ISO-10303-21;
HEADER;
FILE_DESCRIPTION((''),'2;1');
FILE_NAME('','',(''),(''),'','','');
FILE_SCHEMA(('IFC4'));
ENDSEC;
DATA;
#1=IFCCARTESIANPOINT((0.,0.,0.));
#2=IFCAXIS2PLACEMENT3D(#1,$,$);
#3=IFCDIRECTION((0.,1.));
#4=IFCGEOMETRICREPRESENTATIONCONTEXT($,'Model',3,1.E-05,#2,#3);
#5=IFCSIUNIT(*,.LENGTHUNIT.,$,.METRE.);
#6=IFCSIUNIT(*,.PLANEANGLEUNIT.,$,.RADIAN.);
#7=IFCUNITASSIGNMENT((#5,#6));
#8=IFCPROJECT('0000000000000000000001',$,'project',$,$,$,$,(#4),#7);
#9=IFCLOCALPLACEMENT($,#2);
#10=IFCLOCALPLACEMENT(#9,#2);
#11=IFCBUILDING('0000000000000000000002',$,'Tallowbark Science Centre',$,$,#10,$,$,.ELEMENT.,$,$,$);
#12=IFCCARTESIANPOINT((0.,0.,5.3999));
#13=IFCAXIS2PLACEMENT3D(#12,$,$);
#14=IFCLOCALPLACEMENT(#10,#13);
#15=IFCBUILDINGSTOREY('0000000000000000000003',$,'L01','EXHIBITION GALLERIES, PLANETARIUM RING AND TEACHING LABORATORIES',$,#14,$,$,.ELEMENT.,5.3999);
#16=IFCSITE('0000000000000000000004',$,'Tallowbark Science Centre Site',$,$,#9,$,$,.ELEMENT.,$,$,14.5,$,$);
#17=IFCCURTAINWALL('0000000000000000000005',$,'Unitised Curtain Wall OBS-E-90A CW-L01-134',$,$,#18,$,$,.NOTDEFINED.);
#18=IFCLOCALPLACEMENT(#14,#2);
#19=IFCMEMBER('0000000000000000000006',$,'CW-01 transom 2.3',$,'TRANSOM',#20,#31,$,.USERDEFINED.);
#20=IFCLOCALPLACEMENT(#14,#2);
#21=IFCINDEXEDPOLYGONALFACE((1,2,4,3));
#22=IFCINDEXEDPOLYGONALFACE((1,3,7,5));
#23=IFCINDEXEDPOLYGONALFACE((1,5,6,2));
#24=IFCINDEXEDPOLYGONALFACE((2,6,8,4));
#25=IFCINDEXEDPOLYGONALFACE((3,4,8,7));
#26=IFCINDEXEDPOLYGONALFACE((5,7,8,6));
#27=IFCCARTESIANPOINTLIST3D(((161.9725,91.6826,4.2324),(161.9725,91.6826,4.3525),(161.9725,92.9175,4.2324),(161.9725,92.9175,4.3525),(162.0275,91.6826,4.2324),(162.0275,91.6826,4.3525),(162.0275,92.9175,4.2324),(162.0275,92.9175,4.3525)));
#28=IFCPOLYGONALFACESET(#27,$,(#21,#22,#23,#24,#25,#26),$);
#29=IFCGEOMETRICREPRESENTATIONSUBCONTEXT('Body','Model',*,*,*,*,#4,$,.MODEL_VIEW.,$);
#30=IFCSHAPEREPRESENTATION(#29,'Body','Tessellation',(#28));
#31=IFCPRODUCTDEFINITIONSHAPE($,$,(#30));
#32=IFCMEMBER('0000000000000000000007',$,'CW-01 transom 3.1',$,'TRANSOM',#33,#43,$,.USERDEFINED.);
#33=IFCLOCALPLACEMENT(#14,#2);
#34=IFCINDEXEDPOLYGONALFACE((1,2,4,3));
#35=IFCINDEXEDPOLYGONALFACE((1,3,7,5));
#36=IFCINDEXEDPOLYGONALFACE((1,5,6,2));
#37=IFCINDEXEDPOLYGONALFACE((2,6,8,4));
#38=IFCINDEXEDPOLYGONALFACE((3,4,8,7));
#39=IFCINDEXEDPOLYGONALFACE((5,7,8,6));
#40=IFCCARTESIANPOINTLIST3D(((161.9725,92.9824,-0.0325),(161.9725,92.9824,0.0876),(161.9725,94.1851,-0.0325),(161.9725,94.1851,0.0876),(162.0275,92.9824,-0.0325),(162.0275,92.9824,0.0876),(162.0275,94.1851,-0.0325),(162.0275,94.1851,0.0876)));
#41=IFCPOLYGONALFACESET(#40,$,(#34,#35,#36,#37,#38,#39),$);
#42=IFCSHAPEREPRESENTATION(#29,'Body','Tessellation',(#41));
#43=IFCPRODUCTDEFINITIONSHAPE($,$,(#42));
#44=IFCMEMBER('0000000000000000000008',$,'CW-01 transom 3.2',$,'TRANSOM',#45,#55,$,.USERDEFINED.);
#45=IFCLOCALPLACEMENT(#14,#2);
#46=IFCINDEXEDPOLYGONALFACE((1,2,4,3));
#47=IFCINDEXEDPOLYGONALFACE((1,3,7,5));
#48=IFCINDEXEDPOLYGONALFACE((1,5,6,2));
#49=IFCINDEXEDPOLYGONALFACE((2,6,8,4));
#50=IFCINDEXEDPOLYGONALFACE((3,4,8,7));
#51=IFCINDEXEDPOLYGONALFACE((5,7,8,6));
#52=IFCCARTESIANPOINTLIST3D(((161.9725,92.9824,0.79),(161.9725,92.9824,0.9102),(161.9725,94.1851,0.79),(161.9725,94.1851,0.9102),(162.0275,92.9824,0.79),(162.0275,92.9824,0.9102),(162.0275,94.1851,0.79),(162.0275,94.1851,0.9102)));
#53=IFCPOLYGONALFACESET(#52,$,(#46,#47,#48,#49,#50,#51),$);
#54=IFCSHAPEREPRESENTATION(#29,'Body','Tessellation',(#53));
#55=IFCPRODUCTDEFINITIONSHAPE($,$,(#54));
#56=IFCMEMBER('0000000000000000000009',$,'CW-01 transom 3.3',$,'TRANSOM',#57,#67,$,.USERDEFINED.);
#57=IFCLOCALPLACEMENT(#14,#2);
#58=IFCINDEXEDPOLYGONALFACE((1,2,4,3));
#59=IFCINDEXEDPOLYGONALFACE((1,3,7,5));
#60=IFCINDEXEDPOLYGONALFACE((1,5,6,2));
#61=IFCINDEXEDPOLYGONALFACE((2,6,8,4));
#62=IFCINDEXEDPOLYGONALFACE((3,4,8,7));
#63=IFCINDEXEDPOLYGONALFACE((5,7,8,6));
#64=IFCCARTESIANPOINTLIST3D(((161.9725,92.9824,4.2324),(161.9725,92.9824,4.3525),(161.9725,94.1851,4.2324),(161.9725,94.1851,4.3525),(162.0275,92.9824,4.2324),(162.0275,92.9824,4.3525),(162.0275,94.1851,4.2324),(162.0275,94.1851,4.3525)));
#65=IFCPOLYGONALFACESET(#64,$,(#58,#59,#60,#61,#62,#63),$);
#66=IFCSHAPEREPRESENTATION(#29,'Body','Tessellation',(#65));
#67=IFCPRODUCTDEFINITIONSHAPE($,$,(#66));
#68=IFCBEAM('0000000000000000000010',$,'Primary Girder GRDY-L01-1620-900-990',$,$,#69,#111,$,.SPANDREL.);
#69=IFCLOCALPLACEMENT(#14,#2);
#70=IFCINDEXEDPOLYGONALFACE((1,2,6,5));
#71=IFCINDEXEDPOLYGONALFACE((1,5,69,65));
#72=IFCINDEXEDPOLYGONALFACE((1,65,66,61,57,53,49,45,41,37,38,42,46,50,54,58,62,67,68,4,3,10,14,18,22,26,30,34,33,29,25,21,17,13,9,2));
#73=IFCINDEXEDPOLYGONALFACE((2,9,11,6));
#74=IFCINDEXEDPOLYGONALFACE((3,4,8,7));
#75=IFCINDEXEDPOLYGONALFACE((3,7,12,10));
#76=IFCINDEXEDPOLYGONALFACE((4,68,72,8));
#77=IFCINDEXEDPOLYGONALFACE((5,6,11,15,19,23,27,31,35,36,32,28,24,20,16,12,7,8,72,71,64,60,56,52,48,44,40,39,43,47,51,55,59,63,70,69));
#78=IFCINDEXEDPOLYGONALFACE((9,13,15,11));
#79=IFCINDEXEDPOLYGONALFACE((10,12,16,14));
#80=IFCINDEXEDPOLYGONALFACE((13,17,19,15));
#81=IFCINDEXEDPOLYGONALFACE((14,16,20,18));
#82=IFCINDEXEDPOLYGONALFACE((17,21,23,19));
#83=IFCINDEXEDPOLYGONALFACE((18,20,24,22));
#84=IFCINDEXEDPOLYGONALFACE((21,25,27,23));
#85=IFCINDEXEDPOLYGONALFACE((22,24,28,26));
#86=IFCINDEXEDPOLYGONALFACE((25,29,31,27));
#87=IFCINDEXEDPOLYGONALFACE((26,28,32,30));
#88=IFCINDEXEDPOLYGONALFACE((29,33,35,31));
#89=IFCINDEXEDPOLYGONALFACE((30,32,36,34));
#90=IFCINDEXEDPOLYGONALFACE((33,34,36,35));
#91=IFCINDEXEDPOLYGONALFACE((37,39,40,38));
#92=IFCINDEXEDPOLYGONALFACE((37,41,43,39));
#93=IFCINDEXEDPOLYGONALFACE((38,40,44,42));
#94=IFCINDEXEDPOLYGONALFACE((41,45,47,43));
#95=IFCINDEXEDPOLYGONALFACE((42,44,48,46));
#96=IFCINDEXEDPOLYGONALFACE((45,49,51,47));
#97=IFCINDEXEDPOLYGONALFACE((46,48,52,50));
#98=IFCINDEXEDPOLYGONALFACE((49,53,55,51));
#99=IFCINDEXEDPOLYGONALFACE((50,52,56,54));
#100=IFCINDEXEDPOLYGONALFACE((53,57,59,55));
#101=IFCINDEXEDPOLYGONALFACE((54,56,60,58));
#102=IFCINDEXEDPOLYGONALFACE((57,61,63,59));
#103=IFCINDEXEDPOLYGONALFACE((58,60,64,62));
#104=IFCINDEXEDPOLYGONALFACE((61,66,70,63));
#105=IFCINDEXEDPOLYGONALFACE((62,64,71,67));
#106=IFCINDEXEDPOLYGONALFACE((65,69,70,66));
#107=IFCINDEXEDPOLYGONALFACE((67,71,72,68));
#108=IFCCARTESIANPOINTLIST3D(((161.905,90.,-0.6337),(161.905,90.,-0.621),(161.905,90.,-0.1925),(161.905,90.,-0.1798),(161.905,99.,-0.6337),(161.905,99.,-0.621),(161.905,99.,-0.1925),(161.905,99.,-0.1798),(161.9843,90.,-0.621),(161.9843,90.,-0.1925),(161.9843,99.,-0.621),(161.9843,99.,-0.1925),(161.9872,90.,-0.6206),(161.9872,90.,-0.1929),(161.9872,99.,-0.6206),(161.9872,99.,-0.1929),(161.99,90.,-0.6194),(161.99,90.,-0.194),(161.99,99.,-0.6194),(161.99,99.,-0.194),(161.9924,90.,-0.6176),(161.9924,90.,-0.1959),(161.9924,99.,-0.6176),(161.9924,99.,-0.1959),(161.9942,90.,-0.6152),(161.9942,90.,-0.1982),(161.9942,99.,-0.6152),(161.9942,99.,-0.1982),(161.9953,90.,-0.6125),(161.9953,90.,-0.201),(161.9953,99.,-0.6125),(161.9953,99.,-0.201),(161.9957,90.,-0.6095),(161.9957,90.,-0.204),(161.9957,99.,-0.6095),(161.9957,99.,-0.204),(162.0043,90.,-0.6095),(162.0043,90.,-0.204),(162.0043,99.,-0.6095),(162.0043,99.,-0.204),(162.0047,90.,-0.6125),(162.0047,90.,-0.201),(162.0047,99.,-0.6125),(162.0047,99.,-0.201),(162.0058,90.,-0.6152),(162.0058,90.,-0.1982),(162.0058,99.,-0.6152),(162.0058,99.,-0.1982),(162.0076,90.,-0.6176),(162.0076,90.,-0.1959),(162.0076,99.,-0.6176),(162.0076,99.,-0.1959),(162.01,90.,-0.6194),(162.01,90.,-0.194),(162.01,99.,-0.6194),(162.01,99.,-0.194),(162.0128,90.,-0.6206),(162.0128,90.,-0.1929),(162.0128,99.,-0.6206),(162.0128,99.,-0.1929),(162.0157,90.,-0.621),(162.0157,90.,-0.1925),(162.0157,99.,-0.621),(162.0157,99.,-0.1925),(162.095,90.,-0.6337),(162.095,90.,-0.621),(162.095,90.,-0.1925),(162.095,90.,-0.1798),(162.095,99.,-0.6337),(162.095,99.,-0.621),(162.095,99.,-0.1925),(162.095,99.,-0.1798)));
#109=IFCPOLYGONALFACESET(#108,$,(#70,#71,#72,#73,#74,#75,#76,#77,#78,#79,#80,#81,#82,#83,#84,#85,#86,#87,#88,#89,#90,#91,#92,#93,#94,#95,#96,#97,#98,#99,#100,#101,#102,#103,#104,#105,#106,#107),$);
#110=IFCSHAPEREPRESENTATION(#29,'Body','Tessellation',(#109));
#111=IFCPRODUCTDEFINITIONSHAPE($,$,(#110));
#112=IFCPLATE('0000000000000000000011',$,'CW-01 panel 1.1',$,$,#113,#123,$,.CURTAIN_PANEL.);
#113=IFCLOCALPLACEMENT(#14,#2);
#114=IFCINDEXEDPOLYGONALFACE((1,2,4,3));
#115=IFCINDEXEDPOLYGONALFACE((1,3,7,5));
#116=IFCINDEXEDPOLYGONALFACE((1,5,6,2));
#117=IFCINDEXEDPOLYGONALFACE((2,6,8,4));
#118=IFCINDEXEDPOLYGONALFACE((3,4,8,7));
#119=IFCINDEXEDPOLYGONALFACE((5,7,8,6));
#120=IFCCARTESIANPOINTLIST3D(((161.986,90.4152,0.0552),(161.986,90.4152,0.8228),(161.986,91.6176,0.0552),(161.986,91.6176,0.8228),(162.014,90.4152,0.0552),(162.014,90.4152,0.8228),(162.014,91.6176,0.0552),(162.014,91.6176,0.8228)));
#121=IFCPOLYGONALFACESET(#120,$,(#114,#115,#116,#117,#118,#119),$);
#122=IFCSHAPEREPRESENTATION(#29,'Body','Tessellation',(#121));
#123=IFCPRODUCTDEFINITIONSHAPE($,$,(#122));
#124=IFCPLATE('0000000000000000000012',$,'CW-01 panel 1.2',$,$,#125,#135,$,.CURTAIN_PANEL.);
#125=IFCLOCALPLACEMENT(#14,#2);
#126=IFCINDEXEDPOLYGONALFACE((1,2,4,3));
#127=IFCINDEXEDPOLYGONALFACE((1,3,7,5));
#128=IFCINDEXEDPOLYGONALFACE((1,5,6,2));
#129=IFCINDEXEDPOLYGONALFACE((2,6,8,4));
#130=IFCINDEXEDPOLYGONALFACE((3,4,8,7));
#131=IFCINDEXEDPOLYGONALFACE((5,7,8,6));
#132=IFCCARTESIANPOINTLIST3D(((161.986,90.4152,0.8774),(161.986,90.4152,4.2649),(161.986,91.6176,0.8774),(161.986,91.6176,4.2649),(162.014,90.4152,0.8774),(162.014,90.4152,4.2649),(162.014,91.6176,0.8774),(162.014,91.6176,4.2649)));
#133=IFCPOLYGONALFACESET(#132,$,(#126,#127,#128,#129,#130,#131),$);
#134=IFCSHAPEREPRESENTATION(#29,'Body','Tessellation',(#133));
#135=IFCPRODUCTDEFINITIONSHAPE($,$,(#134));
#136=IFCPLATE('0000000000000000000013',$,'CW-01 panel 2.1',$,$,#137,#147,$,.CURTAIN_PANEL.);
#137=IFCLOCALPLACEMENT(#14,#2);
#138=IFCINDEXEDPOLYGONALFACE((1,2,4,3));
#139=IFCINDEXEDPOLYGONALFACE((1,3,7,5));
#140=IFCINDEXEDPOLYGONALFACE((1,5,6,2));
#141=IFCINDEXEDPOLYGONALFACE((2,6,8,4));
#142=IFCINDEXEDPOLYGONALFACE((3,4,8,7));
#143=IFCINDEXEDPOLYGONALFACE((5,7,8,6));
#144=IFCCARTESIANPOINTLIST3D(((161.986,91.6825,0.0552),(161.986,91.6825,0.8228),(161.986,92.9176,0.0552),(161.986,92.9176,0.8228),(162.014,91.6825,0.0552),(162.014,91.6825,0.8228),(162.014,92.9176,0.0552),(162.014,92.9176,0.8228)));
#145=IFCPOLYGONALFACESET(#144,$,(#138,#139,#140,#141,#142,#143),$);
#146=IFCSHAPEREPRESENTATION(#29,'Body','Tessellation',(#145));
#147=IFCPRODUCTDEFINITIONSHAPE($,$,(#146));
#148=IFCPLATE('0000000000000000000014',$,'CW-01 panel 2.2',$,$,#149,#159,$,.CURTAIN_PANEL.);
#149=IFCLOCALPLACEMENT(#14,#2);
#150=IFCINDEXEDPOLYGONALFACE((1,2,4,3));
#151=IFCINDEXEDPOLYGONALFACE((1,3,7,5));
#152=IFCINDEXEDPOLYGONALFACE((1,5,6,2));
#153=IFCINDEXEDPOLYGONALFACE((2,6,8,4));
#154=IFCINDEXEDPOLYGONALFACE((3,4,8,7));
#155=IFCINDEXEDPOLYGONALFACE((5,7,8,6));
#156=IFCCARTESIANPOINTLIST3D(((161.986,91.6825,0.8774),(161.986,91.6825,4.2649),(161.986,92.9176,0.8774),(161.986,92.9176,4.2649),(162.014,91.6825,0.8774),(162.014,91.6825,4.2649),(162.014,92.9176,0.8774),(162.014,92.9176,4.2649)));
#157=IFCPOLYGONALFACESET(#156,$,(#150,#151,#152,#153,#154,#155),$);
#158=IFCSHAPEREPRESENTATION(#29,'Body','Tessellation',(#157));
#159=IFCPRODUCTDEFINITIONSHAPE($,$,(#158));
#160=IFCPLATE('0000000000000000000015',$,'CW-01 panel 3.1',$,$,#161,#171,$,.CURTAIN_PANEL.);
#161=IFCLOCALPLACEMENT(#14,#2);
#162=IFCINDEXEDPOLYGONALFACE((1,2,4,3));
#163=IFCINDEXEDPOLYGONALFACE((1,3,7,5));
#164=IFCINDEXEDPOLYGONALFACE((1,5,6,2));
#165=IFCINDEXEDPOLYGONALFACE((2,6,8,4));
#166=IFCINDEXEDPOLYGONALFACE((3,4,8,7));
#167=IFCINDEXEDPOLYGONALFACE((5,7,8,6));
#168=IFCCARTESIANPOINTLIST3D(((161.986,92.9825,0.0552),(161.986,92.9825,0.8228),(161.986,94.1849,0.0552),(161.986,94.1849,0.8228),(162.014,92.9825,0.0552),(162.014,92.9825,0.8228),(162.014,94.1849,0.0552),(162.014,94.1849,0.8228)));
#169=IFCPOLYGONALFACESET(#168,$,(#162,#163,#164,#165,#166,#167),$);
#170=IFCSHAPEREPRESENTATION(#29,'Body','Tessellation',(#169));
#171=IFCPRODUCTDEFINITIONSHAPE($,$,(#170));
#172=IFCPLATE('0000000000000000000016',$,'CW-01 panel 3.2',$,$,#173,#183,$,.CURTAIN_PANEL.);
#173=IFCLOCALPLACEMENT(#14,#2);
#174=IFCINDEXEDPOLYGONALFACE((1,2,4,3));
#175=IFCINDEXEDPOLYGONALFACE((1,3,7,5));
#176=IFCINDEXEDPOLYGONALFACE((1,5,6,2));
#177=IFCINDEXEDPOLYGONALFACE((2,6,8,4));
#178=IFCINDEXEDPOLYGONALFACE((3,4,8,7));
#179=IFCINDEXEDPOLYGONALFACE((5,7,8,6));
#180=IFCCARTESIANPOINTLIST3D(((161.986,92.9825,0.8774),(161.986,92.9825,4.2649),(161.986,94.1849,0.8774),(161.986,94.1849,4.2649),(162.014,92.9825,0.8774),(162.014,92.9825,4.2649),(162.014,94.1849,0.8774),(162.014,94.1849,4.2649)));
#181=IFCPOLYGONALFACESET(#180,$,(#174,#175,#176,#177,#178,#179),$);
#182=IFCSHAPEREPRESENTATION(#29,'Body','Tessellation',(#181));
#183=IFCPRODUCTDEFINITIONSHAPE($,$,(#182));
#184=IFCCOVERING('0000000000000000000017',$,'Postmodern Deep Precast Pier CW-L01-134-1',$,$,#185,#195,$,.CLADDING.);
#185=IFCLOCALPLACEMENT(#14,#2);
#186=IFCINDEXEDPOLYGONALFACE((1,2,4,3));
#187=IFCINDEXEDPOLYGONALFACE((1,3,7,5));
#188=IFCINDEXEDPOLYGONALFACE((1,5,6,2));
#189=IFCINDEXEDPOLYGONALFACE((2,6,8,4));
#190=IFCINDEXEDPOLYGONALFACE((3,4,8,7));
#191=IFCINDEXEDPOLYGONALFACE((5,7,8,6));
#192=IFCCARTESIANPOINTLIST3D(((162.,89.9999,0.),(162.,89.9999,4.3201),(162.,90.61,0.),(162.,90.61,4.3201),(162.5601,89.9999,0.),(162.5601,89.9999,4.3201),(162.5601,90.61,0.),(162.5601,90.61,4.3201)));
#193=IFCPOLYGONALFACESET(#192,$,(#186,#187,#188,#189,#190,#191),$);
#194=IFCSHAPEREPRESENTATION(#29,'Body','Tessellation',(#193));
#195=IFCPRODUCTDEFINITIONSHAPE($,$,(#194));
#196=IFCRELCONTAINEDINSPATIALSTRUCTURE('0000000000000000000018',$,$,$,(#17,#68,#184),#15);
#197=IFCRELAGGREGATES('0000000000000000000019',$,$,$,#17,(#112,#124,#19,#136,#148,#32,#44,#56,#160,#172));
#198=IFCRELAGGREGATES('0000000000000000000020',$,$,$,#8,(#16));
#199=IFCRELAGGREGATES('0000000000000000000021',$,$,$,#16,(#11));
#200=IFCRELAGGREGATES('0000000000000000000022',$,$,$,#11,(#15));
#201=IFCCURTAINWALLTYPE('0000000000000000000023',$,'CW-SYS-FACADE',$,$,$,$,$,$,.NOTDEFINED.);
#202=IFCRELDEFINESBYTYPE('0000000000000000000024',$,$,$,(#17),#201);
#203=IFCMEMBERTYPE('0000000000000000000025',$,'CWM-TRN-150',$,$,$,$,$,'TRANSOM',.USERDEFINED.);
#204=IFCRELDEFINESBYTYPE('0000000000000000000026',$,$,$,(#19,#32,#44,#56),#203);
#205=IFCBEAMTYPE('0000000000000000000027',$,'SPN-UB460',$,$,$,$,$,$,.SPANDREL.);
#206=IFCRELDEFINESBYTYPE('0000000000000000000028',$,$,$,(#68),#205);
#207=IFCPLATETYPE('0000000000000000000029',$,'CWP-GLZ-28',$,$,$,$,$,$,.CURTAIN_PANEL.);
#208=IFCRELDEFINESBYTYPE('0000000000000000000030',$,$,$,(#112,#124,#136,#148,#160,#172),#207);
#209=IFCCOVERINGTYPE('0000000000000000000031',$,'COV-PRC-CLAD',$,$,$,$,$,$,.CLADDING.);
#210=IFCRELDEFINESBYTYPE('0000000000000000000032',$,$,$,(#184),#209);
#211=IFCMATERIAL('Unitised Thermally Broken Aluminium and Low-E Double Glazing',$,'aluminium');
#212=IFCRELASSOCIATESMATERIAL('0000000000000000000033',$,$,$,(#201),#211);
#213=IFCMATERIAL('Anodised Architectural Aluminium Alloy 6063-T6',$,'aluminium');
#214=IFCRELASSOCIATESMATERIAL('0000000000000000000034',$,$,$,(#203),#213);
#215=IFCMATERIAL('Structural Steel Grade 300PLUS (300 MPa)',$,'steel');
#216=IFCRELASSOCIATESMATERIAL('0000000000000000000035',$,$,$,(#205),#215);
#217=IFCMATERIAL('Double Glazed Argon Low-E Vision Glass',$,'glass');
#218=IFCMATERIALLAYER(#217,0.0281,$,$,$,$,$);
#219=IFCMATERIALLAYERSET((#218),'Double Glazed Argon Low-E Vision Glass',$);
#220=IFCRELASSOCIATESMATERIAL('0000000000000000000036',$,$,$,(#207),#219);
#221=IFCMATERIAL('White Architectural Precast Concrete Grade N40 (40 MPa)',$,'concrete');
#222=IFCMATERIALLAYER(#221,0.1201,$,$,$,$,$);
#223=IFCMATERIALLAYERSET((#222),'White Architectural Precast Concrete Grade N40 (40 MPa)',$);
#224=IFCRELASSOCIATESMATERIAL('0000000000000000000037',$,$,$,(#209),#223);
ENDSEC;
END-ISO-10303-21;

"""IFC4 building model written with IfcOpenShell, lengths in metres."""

from ifc_helpers import new_model, si_unit, direction, frame, origin, origin_2d, place, context, subcontext, project, spatial, rectangle, i_section, extrude, material, layer, layer_set, material_profile, profile_set, type_object, element, aggregate, save


model = new_model("IFC4")

# Units and contexts
model_context = context("Model", 3, precision=1e-05, world=origin(), true_north=direction((0.0, 1.0)))
body_context = subcontext(model_context, "Body", "Model", "MODEL_VIEW")
ifc_project = project(units=[si_unit("LENGTHUNIT", "METRE"), si_unit("PLANEANGLEUNIT", "RADIAN")], contexts=[model_context])

# Site, building, storey
site_placement = place(None, origin())
site = spatial("IfcSite", under=ifc_project, at=site_placement, Name="Tallowbark Science Centre Site", CompositionType="ELEMENT", RefElevation=14.5)
building_placement = place(site_placement, origin())
building = spatial("IfcBuilding", under=site, at=building_placement, Name="Tallowbark Science Centre", CompositionType="ELEMENT")
storey_placement = place(building_placement, frame((0.0, 0.0, 5.3999)))
storey = spatial("IfcBuildingStorey", under=building, at=storey_placement, Name="L01", Description="EXHIBITION GALLERIES, PLANETARIUM RING AND TEACHING LABORATORIES", CompositionType="ELEMENT", Elevation=5.3999)

# Shared definitions
ifc_material_1 = material(Name="Structural Steel Grade 300PLUS (300 MPa)", Category="steel")

# Curtain wall, members
ifc_material_2 = material(Name="Unitised Thermally Broken Aluminium and Low-E Double Glazing", Category="aluminium")
curtain_wall_type = type_object("IfcCurtainWallType", Name="CW-SYS-FACADE", PredefinedType="NOTDEFINED", material=ifc_material_2)
curtain_wall_placement = place(storey_placement, origin())
curtain_wall = element("IfcCurtainWall", 1, at=curtain_wall_placement, inside=storey, type_object=curtain_wall_type, Name="Unitised Curtain Wall OBS-E-90A CW-L01-134", PredefinedType="NOTDEFINED")
ifc_material_3 = material(Name="Anodised Architectural Aluminium Alloy 6063-T6", Category="aluminium")
ifc_material_profile_1 = material_profile(ifc_material_3, rectangle(XDim=0.0549, YDim=0.1201, at=origin_2d()), Name="ALU55x120")
ifc_profile_set_1 = profile_set([ifc_material_profile_1], Name="Anodised Architectural Aluminium Alloy 6063-T6")
member_type_1 = type_object("IfcMemberType", Name="CWM-TRN-150", ElementType="TRANSOM", PredefinedType="USERDEFINED", material=ifc_profile_set_1)
member_1_placement = place(storey_placement, frame((162.0, 91.6826, 4.2925), z_axis=(0.0, 1.0, 0.0), x_axis=(-1.0, 0.0, 0.0)))
member_1 = element("IfcMember", 2, at=member_1_placement, type_object=member_type_1, Name="CW-01 transom 2.3", ObjectType="TRANSOM", PredefinedType="USERDEFINED", context=body_context, shape_type="SweptSolid", body=[
    extrude(rectangle(XDim=0.0549, YDim=0.1201, at=origin_2d()), origin(), (0.0, 0.0, 1.0), 1.2349),
])
member_2_placement = place(storey_placement, frame((162.0, 92.9824, 0.0276), z_axis=(0.0, 1.0, 0.0), x_axis=(-1.0, 0.0, 0.0)))
member_2 = element("IfcMember", 3, at=member_2_placement, type_object=member_type_1, Name="CW-01 transom 3.1", ObjectType="TRANSOM", PredefinedType="USERDEFINED", context=body_context, shape_type="SweptSolid", body=[
    extrude(rectangle(XDim=0.0549, YDim=0.1201, at=origin_2d()), origin(), (0.0, 0.0, 1.0), 1.2026),
])
member_3_placement = place(storey_placement, frame((162.0, 92.9824, 0.8501), z_axis=(0.0, 1.0, 0.0), x_axis=(-1.0, 0.0, 0.0)))
member_3 = element("IfcMember", 4, at=member_3_placement, type_object=member_type_1, Name="CW-01 transom 3.2", ObjectType="TRANSOM", PredefinedType="USERDEFINED", context=body_context, shape_type="SweptSolid", body=[
    extrude(rectangle(XDim=0.0549, YDim=0.1201, at=origin_2d()), origin(), (0.0, 0.0, 1.0), 1.2026),
])
member_4_placement = place(storey_placement, frame((162.0, 92.9824, 4.2925), z_axis=(0.0, 1.0, 0.0), x_axis=(-1.0, 0.0, 0.0)))
member_4 = element("IfcMember", 5, at=member_4_placement, type_object=member_type_1, Name="CW-01 transom 3.3", ObjectType="TRANSOM", PredefinedType="USERDEFINED", context=body_context, shape_type="SweptSolid", body=[
    extrude(rectangle(XDim=0.0549, YDim=0.1201, at=origin_2d()), origin(), (0.0, 0.0, 1.0), 1.2026),
])

# Beam
ifc_material_profile_2 = material_profile(ifc_material_1, i_section(OverallWidth=0.1899, OverallDepth=0.4539, WebThickness=0.0085, FlangeThickness=0.0127, FilletRadius=0.0115, at=origin_2d()), Name="460UB67.1")
ifc_profile_set_2 = profile_set([ifc_material_profile_2], Name="Structural Steel Grade 300PLUS (300 MPa)")
beam_type = type_object("IfcBeamType", Name="SPN-UB460", PredefinedType="SPANDREL", material=ifc_profile_set_2)
beam_placement = place(storey_placement, frame((162.0, 90.0, -0.4067), z_axis=(0.0, 1.0, 0.0), x_axis=(-1.0, 0.0, 0.0)))
element("IfcBeam", 6, at=beam_placement, inside=storey, type_object=beam_type, Name="Primary Girder GRDY-L01-1620-900-990", PredefinedType="SPANDREL", context=body_context, shape_type="SweptSolid", body=[
    extrude(i_section(OverallWidth=0.1899, OverallDepth=0.4539, WebThickness=0.0085, FlangeThickness=0.0127, FilletRadius=0.0115, at=origin_2d()), origin(), (0.0, 0.0, 1.0), 9.0),
])

# Plates
ifc_material_4 = material(Name="Double Glazed Argon Low-E Vision Glass", Category="glass")
ifc_layer_1 = layer(ifc_material_4, 0.0281)
ifc_layer_set_1 = layer_set([ifc_layer_1], Name="Double Glazed Argon Low-E Vision Glass")
plate_type = type_object("IfcPlateType", Name="CWP-GLZ-28", PredefinedType="CURTAIN_PANEL", material=ifc_layer_set_1)
plate_1_placement = place(storey_placement, frame((162.0, 91.0164, 0.0552), z_axis=(0.0, 0.0, 1.0), x_axis=(0.0, 1.0, 0.0)))
plate_1 = element("IfcPlate", 7, at=plate_1_placement, type_object=plate_type, Name="CW-01 panel 1.1", PredefinedType="CURTAIN_PANEL", context=body_context, shape_type="SweptSolid", body=[
    extrude(rectangle(XDim=1.2024, YDim=0.0281, at=origin_2d()), origin(), (0.0, 0.0, 1.0), 0.7676),
])
plate_2_placement = place(storey_placement, frame((162.0, 91.0164, 0.8774), z_axis=(0.0, 0.0, 1.0), x_axis=(0.0, 1.0, 0.0)))
plate_2 = element("IfcPlate", 8, at=plate_2_placement, type_object=plate_type, Name="CW-01 panel 1.2", PredefinedType="CURTAIN_PANEL", context=body_context, shape_type="SweptSolid", body=[
    extrude(rectangle(XDim=1.2024, YDim=0.0281, at=origin_2d()), origin(), (0.0, 0.0, 1.0), 3.3875),
])
plate_3_placement = place(storey_placement, frame((162.0, 92.3, 0.0552), z_axis=(0.0, 0.0, 1.0), x_axis=(0.0, 1.0, 0.0)))
plate_3 = element("IfcPlate", 9, at=plate_3_placement, type_object=plate_type, Name="CW-01 panel 2.1", PredefinedType="CURTAIN_PANEL", context=body_context, shape_type="SweptSolid", body=[
    extrude(rectangle(XDim=1.2351, YDim=0.0281, at=origin_2d()), origin(), (0.0, 0.0, 1.0), 0.7676),
])
plate_4_placement = place(storey_placement, frame((162.0, 92.3, 0.8774), z_axis=(0.0, 0.0, 1.0), x_axis=(0.0, 1.0, 0.0)))
plate_4 = element("IfcPlate", 10, at=plate_4_placement, type_object=plate_type, Name="CW-01 panel 2.2", PredefinedType="CURTAIN_PANEL", context=body_context, shape_type="SweptSolid", body=[
    extrude(rectangle(XDim=1.2351, YDim=0.0281, at=origin_2d()), origin(), (0.0, 0.0, 1.0), 3.3875),
])
plate_5_placement = place(storey_placement, frame((162.0, 93.5837, 0.0552), z_axis=(0.0, 0.0, 1.0), x_axis=(0.0, 1.0, 0.0)))
plate_5 = element("IfcPlate", 11, at=plate_5_placement, type_object=plate_type, Name="CW-01 panel 3.1", PredefinedType="CURTAIN_PANEL", context=body_context, shape_type="SweptSolid", body=[
    extrude(rectangle(XDim=1.2024, YDim=0.0281, at=origin_2d()), origin(), (0.0, 0.0, 1.0), 0.7676),
])
plate_6_placement = place(storey_placement, frame((162.0, 93.5837, 0.8774), z_axis=(0.0, 0.0, 1.0), x_axis=(0.0, 1.0, 0.0)))
plate_6 = element("IfcPlate", 12, at=plate_6_placement, type_object=plate_type, Name="CW-01 panel 3.2", PredefinedType="CURTAIN_PANEL", context=body_context, shape_type="SweptSolid", body=[
    extrude(rectangle(XDim=1.2024, YDim=0.0281, at=origin_2d()), origin(), (0.0, 0.0, 1.0), 3.3875),
])
aggregate(curtain_wall, [plate_1, plate_2, member_1, plate_3, plate_4, member_2, member_3, member_4, plate_5, plate_6])

# Covering
ifc_material_5 = material(Name="White Architectural Precast Concrete Grade N40 (40 MPa)", Category="concrete")
ifc_layer_2 = layer(ifc_material_5, 0.1201)
ifc_layer_set_2 = layer_set([ifc_layer_2], Name="White Architectural Precast Concrete Grade N40 (40 MPa)")
covering_type_1 = type_object("IfcCoveringType", Name="COV-PRC-CLAD", PredefinedType="CLADDING", material=ifc_layer_set_2)
covering_1_placement = place(storey_placement, frame((162.28, 90.3049, 0.0), z_axis=(0.0, 0.0, 1.0), x_axis=(0.0, 1.0, 0.0)))
element("IfcCovering", 13, at=covering_1_placement, inside=storey, type_object=covering_type_1, Name="Postmodern Deep Precast Pier CW-L01-134-1", PredefinedType="CLADDING", context=body_context, shape_type="SweptSolid", body=[
    extrude(rectangle(XDim=0.6101, YDim=0.5601, at=origin_2d()), origin(), (0.0, 0.0, 1.0), 4.3201),
])

save(model, "model.ifc")
